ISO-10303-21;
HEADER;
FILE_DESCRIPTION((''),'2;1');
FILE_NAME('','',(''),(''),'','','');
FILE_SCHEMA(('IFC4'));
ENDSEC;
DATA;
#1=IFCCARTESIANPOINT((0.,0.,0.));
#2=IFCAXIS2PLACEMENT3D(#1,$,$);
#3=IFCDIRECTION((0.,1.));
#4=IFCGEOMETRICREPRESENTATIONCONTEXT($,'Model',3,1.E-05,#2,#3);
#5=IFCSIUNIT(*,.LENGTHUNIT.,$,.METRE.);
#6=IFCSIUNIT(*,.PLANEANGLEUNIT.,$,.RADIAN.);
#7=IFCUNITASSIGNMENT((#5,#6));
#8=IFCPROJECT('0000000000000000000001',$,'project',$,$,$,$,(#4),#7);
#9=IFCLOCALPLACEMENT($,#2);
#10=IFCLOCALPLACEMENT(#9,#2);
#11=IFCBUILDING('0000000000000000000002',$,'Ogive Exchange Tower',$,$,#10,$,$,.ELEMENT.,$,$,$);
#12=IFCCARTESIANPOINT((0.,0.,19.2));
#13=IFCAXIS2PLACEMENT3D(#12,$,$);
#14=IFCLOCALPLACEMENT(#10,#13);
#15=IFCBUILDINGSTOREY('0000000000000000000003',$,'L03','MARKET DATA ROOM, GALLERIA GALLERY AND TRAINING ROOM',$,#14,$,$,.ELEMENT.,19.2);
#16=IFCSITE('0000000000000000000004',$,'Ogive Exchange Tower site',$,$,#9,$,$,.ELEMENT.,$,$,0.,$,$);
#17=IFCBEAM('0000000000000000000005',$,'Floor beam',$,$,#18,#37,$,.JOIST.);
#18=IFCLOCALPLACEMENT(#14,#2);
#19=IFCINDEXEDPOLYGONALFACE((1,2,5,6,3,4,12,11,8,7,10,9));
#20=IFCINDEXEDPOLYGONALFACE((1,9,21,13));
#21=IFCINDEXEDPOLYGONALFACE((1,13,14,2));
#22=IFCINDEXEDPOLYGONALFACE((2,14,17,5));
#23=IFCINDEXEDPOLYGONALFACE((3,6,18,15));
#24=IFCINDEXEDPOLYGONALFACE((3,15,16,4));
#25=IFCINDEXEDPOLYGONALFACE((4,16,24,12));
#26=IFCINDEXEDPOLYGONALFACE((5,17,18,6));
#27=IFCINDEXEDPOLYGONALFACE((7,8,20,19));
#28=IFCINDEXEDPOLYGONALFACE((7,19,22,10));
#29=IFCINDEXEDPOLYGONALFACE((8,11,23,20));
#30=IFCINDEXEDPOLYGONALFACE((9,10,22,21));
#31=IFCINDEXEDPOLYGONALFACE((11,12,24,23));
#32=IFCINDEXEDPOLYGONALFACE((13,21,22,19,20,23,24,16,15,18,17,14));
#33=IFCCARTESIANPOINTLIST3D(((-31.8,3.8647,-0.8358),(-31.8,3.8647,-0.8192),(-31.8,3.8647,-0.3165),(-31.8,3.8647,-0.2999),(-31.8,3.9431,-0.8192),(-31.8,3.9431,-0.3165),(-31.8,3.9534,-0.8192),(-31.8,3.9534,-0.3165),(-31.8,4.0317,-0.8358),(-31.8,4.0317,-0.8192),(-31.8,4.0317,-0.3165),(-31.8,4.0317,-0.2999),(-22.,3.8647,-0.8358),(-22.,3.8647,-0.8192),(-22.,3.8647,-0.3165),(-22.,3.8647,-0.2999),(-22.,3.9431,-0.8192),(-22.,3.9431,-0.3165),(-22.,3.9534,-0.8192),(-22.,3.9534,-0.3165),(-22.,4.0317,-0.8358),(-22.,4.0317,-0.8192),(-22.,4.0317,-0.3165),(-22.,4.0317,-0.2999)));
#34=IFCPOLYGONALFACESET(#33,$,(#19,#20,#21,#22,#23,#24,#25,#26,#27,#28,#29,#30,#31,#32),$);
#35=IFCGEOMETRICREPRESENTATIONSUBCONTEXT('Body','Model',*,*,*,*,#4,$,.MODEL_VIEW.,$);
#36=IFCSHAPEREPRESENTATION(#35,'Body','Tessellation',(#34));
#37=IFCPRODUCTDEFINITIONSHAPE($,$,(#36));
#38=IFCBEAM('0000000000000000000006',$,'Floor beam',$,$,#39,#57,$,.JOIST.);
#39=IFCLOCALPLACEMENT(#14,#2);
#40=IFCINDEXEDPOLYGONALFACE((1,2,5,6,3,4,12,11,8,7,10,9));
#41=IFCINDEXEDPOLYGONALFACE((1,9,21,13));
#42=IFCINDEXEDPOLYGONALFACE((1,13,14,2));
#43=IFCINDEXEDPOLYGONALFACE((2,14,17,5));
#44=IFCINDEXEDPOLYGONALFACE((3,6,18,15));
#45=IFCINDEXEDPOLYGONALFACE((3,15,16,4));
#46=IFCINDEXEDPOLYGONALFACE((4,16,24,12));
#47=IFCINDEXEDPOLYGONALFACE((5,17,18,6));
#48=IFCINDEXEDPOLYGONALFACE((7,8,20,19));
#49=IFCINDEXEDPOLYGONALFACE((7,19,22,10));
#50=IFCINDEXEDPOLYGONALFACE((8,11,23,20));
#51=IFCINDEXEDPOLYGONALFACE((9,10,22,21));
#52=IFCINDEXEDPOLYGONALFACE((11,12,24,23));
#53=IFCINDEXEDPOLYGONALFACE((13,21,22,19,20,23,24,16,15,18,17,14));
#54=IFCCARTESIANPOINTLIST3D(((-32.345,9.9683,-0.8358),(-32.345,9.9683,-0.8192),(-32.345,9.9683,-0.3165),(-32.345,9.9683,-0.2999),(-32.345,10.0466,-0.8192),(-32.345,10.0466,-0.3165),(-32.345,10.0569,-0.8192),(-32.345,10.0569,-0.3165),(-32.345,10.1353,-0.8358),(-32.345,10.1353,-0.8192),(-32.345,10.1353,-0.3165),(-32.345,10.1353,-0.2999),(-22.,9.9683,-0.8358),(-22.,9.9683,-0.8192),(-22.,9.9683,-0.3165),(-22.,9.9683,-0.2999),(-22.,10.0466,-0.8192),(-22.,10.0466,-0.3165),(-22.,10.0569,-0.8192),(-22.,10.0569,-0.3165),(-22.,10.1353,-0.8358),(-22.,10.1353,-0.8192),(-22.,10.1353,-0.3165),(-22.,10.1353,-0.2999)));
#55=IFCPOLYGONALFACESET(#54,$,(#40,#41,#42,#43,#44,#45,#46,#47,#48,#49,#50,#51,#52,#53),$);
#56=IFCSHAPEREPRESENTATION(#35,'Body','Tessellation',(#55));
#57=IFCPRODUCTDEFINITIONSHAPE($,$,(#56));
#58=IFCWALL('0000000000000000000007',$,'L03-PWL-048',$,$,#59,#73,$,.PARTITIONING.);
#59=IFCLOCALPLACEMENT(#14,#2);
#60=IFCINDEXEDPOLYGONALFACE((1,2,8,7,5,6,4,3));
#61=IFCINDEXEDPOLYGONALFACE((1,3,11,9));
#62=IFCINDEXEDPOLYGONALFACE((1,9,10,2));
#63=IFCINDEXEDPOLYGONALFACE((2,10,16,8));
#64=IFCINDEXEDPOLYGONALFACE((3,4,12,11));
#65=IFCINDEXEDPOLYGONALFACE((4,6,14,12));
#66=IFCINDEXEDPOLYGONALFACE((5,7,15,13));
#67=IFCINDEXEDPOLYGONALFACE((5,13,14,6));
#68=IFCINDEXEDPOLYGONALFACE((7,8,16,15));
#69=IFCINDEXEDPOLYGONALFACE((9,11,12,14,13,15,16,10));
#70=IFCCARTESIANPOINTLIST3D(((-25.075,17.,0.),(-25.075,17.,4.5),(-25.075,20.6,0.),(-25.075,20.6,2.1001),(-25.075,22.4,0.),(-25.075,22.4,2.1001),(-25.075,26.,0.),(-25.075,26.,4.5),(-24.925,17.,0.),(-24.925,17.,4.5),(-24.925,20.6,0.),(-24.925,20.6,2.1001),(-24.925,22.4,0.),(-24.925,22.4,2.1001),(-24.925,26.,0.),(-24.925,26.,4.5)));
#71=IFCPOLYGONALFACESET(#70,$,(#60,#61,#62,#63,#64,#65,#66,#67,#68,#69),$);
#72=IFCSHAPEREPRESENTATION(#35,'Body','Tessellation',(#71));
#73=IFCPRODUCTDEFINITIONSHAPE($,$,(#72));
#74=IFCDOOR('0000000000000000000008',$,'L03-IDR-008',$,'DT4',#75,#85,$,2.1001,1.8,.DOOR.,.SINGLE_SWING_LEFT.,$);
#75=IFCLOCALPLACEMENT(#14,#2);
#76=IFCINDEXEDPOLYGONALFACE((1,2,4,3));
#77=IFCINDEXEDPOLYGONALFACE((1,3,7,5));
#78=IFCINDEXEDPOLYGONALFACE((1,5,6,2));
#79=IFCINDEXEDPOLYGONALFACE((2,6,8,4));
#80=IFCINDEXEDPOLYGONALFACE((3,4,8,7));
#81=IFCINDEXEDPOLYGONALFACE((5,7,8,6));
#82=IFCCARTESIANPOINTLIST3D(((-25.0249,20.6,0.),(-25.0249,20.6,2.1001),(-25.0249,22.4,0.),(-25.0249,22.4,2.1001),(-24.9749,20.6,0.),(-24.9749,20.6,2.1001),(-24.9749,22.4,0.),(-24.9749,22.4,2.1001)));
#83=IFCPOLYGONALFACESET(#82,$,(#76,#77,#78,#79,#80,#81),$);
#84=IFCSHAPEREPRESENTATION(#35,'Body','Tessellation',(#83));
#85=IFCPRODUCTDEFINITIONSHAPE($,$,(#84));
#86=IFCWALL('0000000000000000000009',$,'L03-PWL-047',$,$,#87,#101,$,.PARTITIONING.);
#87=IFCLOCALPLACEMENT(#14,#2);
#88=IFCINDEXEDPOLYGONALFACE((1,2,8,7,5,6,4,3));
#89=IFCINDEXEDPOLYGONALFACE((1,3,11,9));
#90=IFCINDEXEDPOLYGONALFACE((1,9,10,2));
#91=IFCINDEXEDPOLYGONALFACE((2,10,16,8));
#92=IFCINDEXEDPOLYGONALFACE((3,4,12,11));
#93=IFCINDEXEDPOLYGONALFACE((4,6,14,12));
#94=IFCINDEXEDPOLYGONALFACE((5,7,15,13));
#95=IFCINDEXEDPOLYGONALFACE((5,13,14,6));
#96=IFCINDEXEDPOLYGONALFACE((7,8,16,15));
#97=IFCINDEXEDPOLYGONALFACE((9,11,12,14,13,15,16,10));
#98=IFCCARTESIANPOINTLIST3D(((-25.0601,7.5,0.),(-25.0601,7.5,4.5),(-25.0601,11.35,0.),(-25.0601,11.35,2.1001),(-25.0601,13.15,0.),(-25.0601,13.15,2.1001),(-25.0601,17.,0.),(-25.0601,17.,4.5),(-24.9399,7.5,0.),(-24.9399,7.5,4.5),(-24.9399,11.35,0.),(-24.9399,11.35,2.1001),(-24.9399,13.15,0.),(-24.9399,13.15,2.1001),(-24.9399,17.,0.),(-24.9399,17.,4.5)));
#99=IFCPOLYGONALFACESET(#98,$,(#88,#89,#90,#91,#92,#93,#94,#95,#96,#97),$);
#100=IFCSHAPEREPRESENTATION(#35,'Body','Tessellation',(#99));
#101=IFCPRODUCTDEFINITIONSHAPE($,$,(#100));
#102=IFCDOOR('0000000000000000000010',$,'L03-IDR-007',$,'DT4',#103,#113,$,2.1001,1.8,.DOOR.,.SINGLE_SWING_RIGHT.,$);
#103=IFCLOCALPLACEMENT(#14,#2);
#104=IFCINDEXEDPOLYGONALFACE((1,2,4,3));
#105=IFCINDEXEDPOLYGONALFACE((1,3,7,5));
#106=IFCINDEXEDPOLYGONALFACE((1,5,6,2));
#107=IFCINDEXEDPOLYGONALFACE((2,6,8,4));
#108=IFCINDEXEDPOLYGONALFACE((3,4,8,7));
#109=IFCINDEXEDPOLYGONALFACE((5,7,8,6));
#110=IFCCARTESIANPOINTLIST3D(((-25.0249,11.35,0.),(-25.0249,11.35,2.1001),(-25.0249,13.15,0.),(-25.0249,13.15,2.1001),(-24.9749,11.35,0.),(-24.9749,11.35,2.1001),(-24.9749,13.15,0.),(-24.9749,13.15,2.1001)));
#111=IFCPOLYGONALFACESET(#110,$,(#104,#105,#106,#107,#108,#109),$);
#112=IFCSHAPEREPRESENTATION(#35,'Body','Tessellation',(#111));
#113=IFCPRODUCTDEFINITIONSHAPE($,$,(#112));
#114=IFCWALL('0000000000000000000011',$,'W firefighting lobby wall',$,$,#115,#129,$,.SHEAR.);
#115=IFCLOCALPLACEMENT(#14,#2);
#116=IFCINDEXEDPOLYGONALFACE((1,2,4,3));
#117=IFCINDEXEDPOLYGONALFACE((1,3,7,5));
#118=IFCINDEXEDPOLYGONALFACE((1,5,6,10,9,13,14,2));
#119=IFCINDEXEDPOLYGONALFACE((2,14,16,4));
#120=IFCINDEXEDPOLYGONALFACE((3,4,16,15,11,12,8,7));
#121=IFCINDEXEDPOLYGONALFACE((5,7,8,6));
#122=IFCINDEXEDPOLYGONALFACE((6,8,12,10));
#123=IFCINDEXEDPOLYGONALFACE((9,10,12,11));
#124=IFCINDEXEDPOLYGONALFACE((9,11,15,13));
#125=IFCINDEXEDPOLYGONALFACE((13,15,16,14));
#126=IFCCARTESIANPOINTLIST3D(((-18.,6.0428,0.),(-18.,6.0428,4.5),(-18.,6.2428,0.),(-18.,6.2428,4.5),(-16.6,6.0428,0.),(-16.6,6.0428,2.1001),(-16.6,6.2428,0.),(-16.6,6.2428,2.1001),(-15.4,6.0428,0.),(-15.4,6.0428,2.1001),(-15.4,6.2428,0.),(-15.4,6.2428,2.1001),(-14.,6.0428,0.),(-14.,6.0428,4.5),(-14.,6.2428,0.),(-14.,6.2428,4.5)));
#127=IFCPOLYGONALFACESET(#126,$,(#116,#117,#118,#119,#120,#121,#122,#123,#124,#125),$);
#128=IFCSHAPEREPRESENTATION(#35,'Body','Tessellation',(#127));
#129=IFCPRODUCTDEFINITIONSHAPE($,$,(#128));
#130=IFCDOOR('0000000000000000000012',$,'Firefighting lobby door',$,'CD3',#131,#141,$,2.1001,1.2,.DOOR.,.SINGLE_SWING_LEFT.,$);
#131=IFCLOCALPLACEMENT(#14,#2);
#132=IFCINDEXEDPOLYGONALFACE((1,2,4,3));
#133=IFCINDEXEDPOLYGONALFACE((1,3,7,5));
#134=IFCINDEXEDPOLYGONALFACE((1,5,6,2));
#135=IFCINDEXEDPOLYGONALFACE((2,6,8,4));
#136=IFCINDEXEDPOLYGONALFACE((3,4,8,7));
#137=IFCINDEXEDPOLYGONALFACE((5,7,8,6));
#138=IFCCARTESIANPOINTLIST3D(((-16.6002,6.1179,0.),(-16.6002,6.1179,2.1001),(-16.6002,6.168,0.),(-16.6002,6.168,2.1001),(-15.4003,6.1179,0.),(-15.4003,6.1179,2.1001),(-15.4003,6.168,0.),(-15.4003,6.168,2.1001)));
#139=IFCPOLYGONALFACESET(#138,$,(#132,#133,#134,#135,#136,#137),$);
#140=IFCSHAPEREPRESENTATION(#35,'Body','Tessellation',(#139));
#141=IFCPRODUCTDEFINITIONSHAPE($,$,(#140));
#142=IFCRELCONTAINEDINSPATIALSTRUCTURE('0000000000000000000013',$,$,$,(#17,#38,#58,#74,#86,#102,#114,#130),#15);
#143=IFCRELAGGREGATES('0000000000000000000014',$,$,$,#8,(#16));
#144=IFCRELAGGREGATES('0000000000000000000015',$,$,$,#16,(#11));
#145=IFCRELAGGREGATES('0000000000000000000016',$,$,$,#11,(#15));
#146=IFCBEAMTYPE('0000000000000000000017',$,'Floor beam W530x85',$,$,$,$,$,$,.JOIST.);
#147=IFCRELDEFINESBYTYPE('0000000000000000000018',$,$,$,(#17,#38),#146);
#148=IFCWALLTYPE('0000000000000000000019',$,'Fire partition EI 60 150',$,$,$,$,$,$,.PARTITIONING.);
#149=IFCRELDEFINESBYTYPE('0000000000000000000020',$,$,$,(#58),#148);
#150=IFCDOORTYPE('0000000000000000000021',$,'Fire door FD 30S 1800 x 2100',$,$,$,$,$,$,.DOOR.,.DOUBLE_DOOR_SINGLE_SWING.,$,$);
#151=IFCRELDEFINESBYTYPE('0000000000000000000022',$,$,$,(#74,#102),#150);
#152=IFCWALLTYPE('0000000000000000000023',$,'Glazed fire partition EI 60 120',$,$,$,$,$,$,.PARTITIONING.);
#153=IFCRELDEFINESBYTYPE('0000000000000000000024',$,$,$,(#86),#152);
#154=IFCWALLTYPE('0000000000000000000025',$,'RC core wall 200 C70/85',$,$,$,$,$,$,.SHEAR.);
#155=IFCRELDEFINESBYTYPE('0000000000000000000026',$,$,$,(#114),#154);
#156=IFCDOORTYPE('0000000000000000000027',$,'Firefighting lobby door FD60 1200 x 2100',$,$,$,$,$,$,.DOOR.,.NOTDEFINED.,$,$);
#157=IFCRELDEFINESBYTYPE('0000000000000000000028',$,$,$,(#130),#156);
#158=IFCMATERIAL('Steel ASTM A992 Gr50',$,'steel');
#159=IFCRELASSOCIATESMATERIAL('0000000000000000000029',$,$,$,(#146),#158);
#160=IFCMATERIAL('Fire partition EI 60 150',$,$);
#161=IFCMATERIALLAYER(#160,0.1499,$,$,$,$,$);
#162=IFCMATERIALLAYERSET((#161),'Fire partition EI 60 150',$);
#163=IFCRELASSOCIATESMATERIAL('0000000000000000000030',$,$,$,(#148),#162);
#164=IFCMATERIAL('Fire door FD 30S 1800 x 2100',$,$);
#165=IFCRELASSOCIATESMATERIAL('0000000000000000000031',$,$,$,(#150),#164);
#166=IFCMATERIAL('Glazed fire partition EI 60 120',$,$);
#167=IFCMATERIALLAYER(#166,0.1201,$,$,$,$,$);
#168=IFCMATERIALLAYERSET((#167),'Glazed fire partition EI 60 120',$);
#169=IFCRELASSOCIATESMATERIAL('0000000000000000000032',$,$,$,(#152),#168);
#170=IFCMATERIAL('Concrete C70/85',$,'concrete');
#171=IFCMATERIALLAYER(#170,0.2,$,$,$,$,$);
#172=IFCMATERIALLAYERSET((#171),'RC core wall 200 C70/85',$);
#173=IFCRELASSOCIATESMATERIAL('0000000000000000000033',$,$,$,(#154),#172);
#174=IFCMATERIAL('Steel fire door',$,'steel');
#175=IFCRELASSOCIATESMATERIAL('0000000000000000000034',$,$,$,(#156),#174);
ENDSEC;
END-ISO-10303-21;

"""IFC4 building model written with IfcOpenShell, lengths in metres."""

from ifc_helpers import new_model, si_unit, direction, frame, frame_2d, origin, origin_2d, place, context, subcontext, project, spatial, rectangle, i_section, extrude, material, layer, layer_set, material_profile, profile_set, type_object, element, fill, save


model = new_model("IFC4")

# Units and contexts
model_context = context("Model", 3, precision=1e-05, world=origin(), true_north=direction((0.0, 1.0)))
body_context = subcontext(model_context, "Body", "Model", "MODEL_VIEW")
ifc_project = project(units=[si_unit("LENGTHUNIT", "METRE"), si_unit("PLANEANGLEUNIT", "RADIAN")], contexts=[model_context])

# Site, building, storey
site_placement = place(None, origin())
site = spatial("IfcSite", under=ifc_project, at=site_placement, Name="Ogive Exchange Tower site", CompositionType="ELEMENT", RefElevation=0.0)
building_placement = place(site_placement, origin())
building = spatial("IfcBuilding", under=site, at=building_placement, Name="Ogive Exchange Tower", CompositionType="ELEMENT")
storey_placement = place(building_placement, frame((0.0, 0.0, 19.2)))
storey = spatial("IfcBuildingStorey", under=building, at=storey_placement, Name="L03", Description="MARKET DATA ROOM, GALLERIA GALLERY AND TRAINING ROOM", CompositionType="ELEMENT", Elevation=19.2)

# Beams
ifc_material_1 = material(Name="Steel ASTM A992 Gr50", Category="steel")
ifc_material_profile = material_profile(ifc_material_1, i_section(OverallWidth=0.167, OverallDepth=0.5359, WebThickness=0.0103, FlangeThickness=0.0166, at=origin_2d()), Name="W530x85")
ifc_profile_set = profile_set([ifc_material_profile], Name="Steel ASTM A992 Gr50")
beam_type = type_object("IfcBeamType", Name="Floor beam W530x85", PredefinedType="JOIST", material=ifc_profile_set)
beam_1_placement = place(storey_placement, frame((-31.8, 3.9482, -0.5679), z_axis=(1.0, 0.0, 0.0), x_axis=(0.0, 1.0, 0.0)))
element("IfcBeam", 1, at=beam_1_placement, inside=storey, type_object=beam_type, Name="Floor beam", PredefinedType="JOIST", context=body_context, shape_type="SweptSolid", body=[
    extrude(i_section(OverallWidth=0.167, OverallDepth=0.5359, WebThickness=0.0103, FlangeThickness=0.0166, at=origin_2d()), origin(), (0.0, 0.0, 1.0), 9.8),
])
beam_2_placement = place(storey_placement, frame((-32.345, 10.0518, -0.5679), z_axis=(1.0, 0.0, 0.0), x_axis=(0.0, 1.0, 0.0)))
element("IfcBeam", 2, at=beam_2_placement, inside=storey, type_object=beam_type, Name="Floor beam", PredefinedType="JOIST", context=body_context, shape_type="SweptSolid", body=[
    extrude(i_section(OverallWidth=0.167, OverallDepth=0.5359, WebThickness=0.0103, FlangeThickness=0.0166, at=origin_2d()), origin(), (0.0, 0.0, 1.0), 10.345),
])

# Walls, openings, doors
ifc_material_2 = material(Name="Fire partition EI 60 150")
ifc_layer_1 = layer(ifc_material_2, 0.1499)
ifc_layer_set_1 = layer_set([ifc_layer_1], Name="Fire partition EI 60 150")
wall_type_1 = type_object("IfcWallType", Name="Fire partition EI 60 150", PredefinedType="PARTITIONING", material=ifc_layer_set_1)
wall_1_placement = place(storey_placement, frame((-25.0, 17.0, 0.0), z_axis=(0.0, 0.0, 1.0), x_axis=(0.0, 1.0, 0.0)))
wall_1 = element("IfcWall", 3, at=wall_1_placement, inside=storey, type_object=wall_type_1, Name="L03-PWL-048", PredefinedType="PARTITIONING", context=body_context, shape_type="SweptSolid", body=[
    extrude(rectangle(XDim=9.0, YDim=0.1499, at=frame_2d((4.5, 0.0))), origin(), (0.0, 0.0, 1.0), 4.5),
])
opening_1_placement = place(wall_1_placement, frame((3.6001, 0.0, 0.0)))
opening_1 = element("IfcOpeningElement", 4, at=opening_1_placement, cuts=wall_1, PredefinedType="OPENING", context=body_context, shape_type="SweptSolid", body=[
    extrude(rectangle(XDim=1.8, YDim=2.1001, at=frame_2d((0.8999, 1.05))), frame((0.0, 0.085, 0.0), z_axis=(0.0, -1.0, 0.0), x_axis=(1.0, 0.0, 0.0)), (0.0, 0.0, 1.0), 0.1699),
])
ifc_material_3 = material(Name="Fire door FD 30S 1800 x 2100")
door_type_1 = type_object("IfcDoorType", Name="Fire door FD 30S 1800 x 2100", OperationType="DOUBLE_DOOR_SINGLE_SWING", PredefinedType="DOOR", material=ifc_material_3)
door_1_placement = place(opening_1_placement, origin())
door_1 = element("IfcDoor", 5, at=door_1_placement, inside=storey, type_object=door_type_1, Name="L03-IDR-008", ObjectType="DT4", OperationType="SINGLE_SWING_LEFT", OverallHeight=2.1001, OverallWidth=1.8, PredefinedType="DOOR", context=body_context, shape_type="SweptSolid", body=[
    extrude(rectangle(XDim=1.8, YDim=2.1001, at=frame_2d((0.8999, 1.05))), frame((0.0, 0.0249, 0.0), z_axis=(0.0, -1.0, 0.0), x_axis=(1.0, 0.0, 0.0)), (0.0, 0.0, 1.0), 0.05),
])
fill(opening_1, door_1)
ifc_material_4 = material(Name="Glazed fire partition EI 60 120")
ifc_layer_2 = layer(ifc_material_4, 0.1201)
ifc_layer_set_2 = layer_set([ifc_layer_2], Name="Glazed fire partition EI 60 120")
wall_type_2 = type_object("IfcWallType", Name="Glazed fire partition EI 60 120", PredefinedType="PARTITIONING", material=ifc_layer_set_2)
wall_2_placement = place(storey_placement, frame((-25.0, 7.5, 0.0), z_axis=(0.0, 0.0, 1.0), x_axis=(0.0, 1.0, 0.0)))
wall_2 = element("IfcWall", 6, at=wall_2_placement, inside=storey, type_object=wall_type_2, Name="L03-PWL-047", PredefinedType="PARTITIONING", context=body_context, shape_type="SweptSolid", body=[
    extrude(rectangle(XDim=9.5, YDim=0.1201, at=frame_2d((4.75, 0.0))), origin(), (0.0, 0.0, 1.0), 4.5),
])
opening_2_placement = place(wall_2_placement, frame((3.8501, 0.0, 0.0)))
opening_2 = element("IfcOpeningElement", 7, at=opening_2_placement, cuts=wall_2, PredefinedType="OPENING", context=body_context, shape_type="SweptSolid", body=[
    extrude(rectangle(XDim=1.8, YDim=2.1001, at=frame_2d((0.8999, 1.05))), frame((0.0, 0.0701, 0.0), z_axis=(0.0, -1.0, 0.0), x_axis=(1.0, 0.0, 0.0)), (0.0, 0.0, 1.0), 0.1401),
])
door_2_placement = place(opening_2_placement, origin())
door_2 = element("IfcDoor", 8, at=door_2_placement, inside=storey, type_object=door_type_1, Name="L03-IDR-007", ObjectType="DT4", OperationType="SINGLE_SWING_RIGHT", OverallHeight=2.1001, OverallWidth=1.8, PredefinedType="DOOR", context=body_context, shape_type="SweptSolid", body=[
    extrude(rectangle(XDim=1.8, YDim=2.1001, at=frame_2d((0.8999, 1.05))), frame((0.0, 0.0249, 0.0), z_axis=(0.0, -1.0, 0.0), x_axis=(1.0, 0.0, 0.0)), (0.0, 0.0, 1.0), 0.05),
])
fill(opening_2, door_2)
ifc_material_5 = material(Name="Concrete C70/85", Category="concrete")
ifc_layer_3 = layer(ifc_material_5, 0.2)
ifc_layer_set_3 = layer_set([ifc_layer_3], Name="RC core wall 200 C70/85")
wall_type_3 = type_object("IfcWallType", Name="RC core wall 200 C70/85", PredefinedType="SHEAR", material=ifc_layer_set_3)
wall_3_placement = place(storey_placement, frame((-18.0, 6.1428, 0.0), z_axis=(0.0, 0.0, 1.0), x_axis=(1.0, 0.0, 0.0)))
wall_3 = element("IfcWall", 9, at=wall_3_placement, inside=storey, type_object=wall_type_3, Name="W firefighting lobby wall", PredefinedType="SHEAR", context=body_context, shape_type="SweptSolid", body=[
    extrude(rectangle(XDim=4.0, YDim=0.2, at=frame_2d((2.0, 0.0))), origin(), (0.0, 0.0, 1.0), 4.5),
])
opening_3_placement = place(wall_3_placement, frame((1.3999, 0.0, 0.0)))
opening_3 = element("IfcOpeningElement", 10, at=opening_3_placement, cuts=wall_3, PredefinedType="OPENING", context=body_context, shape_type="SweptSolid", body=[
    extrude(rectangle(XDim=1.2, YDim=2.1001, at=frame_2d((0.6001, 1.05))), frame((0.0, 0.1099, 0.0), z_axis=(0.0, -1.0, 0.0), x_axis=(1.0, 0.0, 0.0)), (0.0, 0.0, 1.0), 0.22),
])
ifc_material_6 = material(Name="Steel fire door", Category="steel")
door_type_2 = type_object("IfcDoorType", Name="Firefighting lobby door FD60 1200 x 2100", OperationType="NOTDEFINED", PredefinedType="DOOR", material=ifc_material_6)
door_3_placement = place(opening_3_placement, frame((1.2, 0.0, 0.0), z_axis=(0.0, 0.0, 1.0), x_axis=(-1.0, 0.0, 0.0)))
door_3 = element("IfcDoor", 11, at=door_3_placement, inside=storey, type_object=door_type_2, Name="Firefighting lobby door", ObjectType="CD3", OperationType="SINGLE_SWING_LEFT", OverallHeight=2.1001, OverallWidth=1.2, PredefinedType="DOOR", context=body_context, shape_type="SweptSolid", body=[
    extrude(rectangle(XDim=1.2, YDim=2.1001, at=frame_2d((0.6001, 1.05))), frame((0.0, 0.0249, 0.0), z_axis=(0.0, -1.0, 0.0), x_axis=(1.0, 0.0, 0.0)), (0.0, 0.0, 1.0), 0.05),
])
fill(opening_3, door_3)

save(model, "model.ifc")
